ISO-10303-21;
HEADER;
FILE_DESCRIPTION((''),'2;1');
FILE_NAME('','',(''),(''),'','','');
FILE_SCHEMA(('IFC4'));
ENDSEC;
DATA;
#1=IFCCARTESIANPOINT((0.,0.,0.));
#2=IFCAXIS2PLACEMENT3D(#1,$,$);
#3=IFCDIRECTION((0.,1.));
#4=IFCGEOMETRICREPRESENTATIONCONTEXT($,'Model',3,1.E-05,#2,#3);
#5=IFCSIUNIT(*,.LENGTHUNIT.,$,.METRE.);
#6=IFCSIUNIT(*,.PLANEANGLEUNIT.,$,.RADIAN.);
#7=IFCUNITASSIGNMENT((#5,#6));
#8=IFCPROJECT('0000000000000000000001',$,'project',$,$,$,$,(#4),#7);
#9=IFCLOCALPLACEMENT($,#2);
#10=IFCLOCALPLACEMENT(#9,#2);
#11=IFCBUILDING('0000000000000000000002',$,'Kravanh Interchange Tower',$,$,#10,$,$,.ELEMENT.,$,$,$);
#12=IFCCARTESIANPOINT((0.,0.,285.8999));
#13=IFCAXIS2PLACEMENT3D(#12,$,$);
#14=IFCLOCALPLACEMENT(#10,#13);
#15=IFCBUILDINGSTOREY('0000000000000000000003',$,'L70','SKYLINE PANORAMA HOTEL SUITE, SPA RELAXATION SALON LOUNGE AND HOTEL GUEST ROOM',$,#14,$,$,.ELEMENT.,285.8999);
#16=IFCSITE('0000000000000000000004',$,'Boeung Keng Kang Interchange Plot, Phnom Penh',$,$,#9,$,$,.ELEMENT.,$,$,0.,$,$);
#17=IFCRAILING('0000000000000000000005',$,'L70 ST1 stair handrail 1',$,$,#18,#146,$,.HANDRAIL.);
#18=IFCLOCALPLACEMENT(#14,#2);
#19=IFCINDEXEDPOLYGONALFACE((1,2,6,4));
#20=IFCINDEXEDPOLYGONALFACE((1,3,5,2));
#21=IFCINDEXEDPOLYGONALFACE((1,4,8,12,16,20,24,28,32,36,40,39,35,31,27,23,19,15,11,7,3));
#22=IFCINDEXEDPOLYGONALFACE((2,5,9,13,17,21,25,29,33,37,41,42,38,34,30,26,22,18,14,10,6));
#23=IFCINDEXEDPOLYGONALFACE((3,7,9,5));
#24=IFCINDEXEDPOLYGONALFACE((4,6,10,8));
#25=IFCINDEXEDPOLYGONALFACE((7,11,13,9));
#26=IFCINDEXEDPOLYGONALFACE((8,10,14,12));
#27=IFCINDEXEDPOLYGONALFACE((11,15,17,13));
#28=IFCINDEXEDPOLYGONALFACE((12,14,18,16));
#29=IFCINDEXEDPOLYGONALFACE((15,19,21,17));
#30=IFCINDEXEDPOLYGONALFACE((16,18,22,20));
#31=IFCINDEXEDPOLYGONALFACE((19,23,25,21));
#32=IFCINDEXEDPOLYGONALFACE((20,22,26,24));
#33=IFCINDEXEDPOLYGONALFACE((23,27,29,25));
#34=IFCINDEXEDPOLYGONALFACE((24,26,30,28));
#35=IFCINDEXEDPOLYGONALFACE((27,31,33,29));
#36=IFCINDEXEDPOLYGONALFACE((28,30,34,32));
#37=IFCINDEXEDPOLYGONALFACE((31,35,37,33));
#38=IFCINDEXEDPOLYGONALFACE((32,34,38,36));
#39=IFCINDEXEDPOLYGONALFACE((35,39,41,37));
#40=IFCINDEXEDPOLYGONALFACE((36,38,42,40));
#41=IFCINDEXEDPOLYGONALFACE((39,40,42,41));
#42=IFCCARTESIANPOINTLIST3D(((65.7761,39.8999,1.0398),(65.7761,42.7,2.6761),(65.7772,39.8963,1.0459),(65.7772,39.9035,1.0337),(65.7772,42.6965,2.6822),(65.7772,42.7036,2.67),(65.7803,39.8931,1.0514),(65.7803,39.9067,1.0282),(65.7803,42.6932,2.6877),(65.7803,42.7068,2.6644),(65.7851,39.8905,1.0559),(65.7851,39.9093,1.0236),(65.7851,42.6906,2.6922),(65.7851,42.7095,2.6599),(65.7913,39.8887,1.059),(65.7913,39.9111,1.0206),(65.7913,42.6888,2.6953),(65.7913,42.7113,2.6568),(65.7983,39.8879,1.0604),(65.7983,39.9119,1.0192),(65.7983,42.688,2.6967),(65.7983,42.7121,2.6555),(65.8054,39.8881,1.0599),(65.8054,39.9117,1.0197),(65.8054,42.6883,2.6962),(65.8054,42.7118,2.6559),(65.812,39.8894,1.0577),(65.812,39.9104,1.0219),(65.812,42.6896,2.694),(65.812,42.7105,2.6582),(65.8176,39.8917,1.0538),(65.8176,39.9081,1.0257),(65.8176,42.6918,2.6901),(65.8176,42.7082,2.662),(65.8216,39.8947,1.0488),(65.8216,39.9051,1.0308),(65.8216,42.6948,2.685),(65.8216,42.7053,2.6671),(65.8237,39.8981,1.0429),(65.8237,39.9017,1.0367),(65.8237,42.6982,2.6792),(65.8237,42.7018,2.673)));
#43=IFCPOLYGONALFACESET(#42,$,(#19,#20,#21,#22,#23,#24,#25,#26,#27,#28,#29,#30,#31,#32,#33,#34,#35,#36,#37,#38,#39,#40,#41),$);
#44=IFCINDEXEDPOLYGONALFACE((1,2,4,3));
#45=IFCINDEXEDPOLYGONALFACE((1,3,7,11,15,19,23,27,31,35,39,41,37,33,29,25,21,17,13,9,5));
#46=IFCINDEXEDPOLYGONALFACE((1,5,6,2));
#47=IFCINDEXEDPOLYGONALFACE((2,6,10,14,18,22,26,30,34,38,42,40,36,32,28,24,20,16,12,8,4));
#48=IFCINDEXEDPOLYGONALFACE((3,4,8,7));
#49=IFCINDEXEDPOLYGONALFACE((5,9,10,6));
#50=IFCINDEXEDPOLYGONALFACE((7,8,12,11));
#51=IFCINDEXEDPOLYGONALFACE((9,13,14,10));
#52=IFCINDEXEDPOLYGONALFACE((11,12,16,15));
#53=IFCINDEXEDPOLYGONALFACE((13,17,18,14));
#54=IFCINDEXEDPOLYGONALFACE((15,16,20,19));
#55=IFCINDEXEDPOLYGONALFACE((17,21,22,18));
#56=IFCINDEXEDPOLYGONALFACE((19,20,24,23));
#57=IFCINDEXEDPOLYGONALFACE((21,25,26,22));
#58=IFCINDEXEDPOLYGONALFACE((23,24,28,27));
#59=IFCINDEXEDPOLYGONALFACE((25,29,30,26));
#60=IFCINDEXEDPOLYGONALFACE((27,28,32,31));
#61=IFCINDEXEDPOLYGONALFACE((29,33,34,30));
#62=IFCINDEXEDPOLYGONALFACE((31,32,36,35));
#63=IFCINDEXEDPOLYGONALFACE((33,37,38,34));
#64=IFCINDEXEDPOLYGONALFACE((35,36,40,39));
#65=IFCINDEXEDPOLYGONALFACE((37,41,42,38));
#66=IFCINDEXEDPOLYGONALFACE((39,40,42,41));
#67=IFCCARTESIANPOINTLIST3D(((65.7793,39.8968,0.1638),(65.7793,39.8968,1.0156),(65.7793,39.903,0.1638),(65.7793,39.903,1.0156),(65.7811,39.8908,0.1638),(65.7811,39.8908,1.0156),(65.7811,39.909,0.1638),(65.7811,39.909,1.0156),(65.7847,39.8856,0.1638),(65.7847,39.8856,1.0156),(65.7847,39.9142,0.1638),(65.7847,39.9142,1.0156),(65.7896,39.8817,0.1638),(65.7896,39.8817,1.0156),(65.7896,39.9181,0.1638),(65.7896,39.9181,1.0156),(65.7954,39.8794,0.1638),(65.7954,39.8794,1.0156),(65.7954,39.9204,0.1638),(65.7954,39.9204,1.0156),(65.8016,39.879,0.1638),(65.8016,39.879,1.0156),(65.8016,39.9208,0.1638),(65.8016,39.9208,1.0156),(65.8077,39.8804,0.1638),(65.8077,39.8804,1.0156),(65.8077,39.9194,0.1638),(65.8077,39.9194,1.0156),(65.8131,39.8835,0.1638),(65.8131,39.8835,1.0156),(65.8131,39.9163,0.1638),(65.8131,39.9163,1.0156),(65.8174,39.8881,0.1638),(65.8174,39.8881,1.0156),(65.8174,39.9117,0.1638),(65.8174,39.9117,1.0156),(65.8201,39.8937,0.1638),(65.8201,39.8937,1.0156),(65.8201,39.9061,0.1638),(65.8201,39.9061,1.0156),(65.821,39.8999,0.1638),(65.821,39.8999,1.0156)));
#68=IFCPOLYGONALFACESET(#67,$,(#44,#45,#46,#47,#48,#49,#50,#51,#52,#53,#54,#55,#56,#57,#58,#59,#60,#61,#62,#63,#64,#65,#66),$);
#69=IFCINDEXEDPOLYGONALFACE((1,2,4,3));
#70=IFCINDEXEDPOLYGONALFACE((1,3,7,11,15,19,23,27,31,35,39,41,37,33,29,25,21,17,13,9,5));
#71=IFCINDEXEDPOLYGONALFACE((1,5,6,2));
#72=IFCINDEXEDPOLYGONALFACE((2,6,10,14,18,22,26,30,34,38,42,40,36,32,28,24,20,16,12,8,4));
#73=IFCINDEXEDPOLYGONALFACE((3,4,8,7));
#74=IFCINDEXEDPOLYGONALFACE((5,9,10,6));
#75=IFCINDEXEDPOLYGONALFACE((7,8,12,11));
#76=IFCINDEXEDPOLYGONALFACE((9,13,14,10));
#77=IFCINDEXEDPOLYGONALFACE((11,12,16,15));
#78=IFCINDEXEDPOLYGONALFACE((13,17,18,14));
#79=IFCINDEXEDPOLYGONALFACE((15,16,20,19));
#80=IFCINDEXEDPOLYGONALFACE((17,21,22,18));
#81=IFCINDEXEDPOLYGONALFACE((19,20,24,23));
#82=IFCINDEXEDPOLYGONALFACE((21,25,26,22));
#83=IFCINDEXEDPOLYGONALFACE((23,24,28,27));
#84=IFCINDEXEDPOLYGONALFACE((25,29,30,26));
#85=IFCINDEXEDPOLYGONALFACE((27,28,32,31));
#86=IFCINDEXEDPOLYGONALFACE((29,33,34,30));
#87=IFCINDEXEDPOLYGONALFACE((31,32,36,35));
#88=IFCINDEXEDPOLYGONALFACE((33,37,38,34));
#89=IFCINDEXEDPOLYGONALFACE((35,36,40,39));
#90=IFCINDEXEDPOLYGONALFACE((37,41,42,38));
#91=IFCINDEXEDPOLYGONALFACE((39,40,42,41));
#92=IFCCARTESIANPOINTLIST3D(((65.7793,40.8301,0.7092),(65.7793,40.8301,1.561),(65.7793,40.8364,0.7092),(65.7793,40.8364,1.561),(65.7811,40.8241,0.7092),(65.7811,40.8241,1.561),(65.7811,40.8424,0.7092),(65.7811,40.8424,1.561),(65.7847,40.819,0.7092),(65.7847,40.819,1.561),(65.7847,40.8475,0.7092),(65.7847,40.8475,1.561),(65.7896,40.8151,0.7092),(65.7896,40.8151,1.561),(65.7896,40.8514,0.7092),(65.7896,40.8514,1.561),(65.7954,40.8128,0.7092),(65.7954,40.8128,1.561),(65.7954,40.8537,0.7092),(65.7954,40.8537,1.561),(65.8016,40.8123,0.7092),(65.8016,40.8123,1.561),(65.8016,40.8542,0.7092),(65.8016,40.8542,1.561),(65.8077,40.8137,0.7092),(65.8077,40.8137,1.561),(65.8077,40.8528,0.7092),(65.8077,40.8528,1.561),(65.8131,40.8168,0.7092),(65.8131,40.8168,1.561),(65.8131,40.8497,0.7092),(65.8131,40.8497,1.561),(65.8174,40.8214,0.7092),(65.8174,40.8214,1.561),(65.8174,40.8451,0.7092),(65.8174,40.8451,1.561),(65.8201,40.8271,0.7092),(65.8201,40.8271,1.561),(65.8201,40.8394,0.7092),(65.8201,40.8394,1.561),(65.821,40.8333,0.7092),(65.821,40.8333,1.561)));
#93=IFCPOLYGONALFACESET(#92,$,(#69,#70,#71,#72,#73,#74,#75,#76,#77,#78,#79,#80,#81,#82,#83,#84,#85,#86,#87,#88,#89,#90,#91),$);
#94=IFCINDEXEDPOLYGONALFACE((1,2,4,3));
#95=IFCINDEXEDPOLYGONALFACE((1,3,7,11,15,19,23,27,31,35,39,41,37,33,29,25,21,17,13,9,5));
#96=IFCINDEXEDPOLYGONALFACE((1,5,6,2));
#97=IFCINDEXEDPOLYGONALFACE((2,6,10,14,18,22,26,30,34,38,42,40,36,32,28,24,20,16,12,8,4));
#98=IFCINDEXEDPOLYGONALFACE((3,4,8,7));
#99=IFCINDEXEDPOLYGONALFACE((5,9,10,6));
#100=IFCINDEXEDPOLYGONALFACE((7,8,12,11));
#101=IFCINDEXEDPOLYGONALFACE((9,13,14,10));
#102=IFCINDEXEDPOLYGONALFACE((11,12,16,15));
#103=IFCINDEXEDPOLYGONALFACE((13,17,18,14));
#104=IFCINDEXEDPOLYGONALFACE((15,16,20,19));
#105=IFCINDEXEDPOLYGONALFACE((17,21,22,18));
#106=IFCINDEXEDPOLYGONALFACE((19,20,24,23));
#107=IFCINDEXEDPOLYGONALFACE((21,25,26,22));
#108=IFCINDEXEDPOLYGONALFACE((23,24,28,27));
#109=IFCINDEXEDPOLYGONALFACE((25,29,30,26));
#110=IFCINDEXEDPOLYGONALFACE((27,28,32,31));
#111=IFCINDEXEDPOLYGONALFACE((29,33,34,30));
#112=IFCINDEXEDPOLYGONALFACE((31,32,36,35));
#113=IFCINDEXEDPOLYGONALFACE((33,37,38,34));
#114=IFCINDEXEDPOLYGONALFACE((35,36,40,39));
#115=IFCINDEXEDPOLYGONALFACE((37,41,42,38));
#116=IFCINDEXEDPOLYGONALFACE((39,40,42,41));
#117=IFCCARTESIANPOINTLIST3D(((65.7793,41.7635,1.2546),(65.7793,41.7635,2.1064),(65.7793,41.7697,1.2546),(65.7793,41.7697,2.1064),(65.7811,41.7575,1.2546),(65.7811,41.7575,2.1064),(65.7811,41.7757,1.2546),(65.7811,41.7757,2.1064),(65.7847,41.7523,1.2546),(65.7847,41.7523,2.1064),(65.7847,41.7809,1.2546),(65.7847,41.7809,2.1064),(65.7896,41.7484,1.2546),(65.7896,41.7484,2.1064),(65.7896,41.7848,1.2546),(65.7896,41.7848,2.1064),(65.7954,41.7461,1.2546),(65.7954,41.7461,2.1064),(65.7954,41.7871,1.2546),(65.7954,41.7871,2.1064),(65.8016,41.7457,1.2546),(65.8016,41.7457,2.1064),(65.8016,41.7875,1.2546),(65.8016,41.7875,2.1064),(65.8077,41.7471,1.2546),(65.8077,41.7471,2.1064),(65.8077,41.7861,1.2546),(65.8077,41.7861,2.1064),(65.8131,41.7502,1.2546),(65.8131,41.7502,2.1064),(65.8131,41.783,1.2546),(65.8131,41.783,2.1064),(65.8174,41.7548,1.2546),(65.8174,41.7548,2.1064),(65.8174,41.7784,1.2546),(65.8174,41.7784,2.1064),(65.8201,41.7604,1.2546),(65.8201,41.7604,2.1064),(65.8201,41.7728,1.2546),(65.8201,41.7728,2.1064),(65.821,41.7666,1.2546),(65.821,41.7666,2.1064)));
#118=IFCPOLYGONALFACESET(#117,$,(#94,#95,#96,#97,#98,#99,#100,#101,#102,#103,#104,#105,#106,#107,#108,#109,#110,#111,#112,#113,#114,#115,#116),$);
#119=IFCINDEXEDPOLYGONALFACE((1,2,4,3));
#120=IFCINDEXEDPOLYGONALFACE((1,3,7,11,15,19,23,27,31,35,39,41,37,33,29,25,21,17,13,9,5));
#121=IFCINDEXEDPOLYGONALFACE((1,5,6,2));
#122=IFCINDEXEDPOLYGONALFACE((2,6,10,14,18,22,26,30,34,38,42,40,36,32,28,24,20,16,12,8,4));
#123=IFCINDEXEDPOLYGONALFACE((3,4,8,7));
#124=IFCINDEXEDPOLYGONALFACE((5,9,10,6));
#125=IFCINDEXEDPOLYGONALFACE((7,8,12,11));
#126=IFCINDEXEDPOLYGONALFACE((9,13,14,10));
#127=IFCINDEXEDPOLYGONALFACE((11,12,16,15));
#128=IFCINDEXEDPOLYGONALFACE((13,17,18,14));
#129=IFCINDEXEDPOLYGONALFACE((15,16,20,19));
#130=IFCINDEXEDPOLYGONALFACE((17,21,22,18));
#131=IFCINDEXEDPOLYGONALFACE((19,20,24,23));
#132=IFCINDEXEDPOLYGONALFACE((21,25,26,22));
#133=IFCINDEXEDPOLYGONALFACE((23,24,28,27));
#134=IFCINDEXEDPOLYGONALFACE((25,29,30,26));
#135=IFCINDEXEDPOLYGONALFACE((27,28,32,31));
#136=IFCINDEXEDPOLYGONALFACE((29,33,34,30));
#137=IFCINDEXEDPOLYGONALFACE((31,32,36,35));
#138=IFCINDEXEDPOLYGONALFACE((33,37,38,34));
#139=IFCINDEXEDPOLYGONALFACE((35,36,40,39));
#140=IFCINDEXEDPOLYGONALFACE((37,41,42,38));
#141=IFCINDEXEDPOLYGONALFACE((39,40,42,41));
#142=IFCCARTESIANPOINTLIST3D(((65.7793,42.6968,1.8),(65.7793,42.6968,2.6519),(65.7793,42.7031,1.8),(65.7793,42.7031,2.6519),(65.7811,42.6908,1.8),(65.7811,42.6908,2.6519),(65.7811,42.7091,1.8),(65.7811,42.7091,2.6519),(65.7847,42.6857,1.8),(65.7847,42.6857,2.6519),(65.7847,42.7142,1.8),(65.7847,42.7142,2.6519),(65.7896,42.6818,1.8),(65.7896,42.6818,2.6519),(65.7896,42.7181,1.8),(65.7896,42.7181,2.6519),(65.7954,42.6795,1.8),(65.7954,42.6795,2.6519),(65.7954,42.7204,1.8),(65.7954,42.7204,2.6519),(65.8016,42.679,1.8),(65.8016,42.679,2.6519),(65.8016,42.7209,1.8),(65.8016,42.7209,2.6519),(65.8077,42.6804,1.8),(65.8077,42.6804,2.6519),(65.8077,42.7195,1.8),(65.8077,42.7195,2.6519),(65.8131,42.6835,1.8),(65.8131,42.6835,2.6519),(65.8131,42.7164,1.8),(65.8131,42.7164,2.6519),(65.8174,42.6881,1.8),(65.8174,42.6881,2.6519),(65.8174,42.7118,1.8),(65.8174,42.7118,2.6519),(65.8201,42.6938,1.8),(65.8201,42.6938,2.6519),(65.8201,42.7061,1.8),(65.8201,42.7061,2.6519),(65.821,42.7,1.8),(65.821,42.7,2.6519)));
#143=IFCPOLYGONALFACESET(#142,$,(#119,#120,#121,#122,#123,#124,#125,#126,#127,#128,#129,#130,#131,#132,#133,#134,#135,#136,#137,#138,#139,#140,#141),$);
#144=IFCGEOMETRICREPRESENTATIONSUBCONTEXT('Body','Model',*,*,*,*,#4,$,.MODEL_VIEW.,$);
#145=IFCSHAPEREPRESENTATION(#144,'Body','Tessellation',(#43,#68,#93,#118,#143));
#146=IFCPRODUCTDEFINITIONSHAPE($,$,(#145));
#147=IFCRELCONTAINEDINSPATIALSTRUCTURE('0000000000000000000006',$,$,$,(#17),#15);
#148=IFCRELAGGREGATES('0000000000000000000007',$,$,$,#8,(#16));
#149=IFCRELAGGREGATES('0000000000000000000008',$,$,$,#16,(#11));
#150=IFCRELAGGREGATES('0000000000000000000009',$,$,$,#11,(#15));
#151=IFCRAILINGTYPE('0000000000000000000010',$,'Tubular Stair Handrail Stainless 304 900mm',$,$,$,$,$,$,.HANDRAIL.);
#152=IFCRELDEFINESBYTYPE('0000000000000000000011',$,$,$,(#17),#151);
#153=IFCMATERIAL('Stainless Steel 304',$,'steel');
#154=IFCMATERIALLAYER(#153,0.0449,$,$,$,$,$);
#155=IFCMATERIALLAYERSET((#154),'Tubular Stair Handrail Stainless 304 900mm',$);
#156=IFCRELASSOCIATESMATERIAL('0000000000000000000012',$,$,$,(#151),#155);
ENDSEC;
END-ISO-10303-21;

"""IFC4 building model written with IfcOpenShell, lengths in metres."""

from ifc_helpers import new_model, si_unit, direction, frame, origin, origin_2d, place, context, subcontext, project, spatial, circle, extrude, material, layer, layer_set, type_object, element, save


model = new_model("IFC4")

# Units and contexts
model_context = context("Model", 3, precision=1e-05, world=origin(), true_north=direction((0.0, 1.0)))
body_context = subcontext(model_context, "Body", "Model", "MODEL_VIEW")
ifc_project = project(units=[si_unit("LENGTHUNIT", "METRE"), si_unit("PLANEANGLEUNIT", "RADIAN")], contexts=[model_context])

# Site, building, storey
site_placement = place(None, origin())
site = spatial("IfcSite", under=ifc_project, at=site_placement, Name="Boeung Keng Kang Interchange Plot, Phnom Penh", CompositionType="ELEMENT", RefElevation=0.0)
building_placement = place(site_placement, origin())
building = spatial("IfcBuilding", under=site, at=building_placement, Name="Kravanh Interchange Tower", CompositionType="ELEMENT")
storey_placement = place(building_placement, frame((0.0, 0.0, 285.8999)))
storey = spatial("IfcBuildingStorey", under=building, at=storey_placement, Name="L70", Description="SKYLINE PANORAMA HOTEL SUITE, SPA RELAXATION SALON LOUNGE AND HOTEL GUEST ROOM", CompositionType="ELEMENT", Elevation=285.8999)

# Railing
ifc_material_1 = material(Name="Stainless Steel 304", Category="steel")
ifc_layer_1 = layer(ifc_material_1, 0.0449)
ifc_layer_set_1 = layer_set([ifc_layer_1], Name="Tubular Stair Handrail Stainless 304 900mm")
railing_type_1 = type_object("IfcRailingType", Name="Tubular Stair Handrail Stainless 304 900mm", PredefinedType="HANDRAIL", material=ifc_layer_set_1)
railing_1_placement = place(storey_placement, frame((65.8, 39.8999, 0.1638)))
element("IfcRailing", 1, at=railing_1_placement, inside=storey, type_object=railing_type_1, Name="L70 ST1 stair handrail 1", PredefinedType="HANDRAIL", context=body_context, shape_type="SweptSolid", body=[
    extrude(circle(Radius=0.0239, at=origin_2d()), frame((0.0, 0.0, 0.876), z_axis=(0.0, 0.863394, 0.504531), x_axis=(-1.0, 0.0, 0.0)), (0.0, 0.0, 1.0), 3.2432),
    extrude(circle(Radius=0.021, at=origin_2d()), origin(), (0.0, 0.0, 1.0), 0.8518),
    extrude(circle(Radius=0.021, at=origin_2d()), frame((0.0, 0.9333, 0.5454)), (0.0, 0.0, 1.0), 0.8518),
    extrude(circle(Radius=0.021, at=origin_2d()), frame((0.0, 1.8667, 1.0908)), (0.0, 0.0, 1.0), 0.8518),
    extrude(circle(Radius=0.021, at=origin_2d()), frame((0.0, 2.8, 1.6362)), (0.0, 0.0, 1.0), 0.8518),
])

save(model, "model.ifc")
